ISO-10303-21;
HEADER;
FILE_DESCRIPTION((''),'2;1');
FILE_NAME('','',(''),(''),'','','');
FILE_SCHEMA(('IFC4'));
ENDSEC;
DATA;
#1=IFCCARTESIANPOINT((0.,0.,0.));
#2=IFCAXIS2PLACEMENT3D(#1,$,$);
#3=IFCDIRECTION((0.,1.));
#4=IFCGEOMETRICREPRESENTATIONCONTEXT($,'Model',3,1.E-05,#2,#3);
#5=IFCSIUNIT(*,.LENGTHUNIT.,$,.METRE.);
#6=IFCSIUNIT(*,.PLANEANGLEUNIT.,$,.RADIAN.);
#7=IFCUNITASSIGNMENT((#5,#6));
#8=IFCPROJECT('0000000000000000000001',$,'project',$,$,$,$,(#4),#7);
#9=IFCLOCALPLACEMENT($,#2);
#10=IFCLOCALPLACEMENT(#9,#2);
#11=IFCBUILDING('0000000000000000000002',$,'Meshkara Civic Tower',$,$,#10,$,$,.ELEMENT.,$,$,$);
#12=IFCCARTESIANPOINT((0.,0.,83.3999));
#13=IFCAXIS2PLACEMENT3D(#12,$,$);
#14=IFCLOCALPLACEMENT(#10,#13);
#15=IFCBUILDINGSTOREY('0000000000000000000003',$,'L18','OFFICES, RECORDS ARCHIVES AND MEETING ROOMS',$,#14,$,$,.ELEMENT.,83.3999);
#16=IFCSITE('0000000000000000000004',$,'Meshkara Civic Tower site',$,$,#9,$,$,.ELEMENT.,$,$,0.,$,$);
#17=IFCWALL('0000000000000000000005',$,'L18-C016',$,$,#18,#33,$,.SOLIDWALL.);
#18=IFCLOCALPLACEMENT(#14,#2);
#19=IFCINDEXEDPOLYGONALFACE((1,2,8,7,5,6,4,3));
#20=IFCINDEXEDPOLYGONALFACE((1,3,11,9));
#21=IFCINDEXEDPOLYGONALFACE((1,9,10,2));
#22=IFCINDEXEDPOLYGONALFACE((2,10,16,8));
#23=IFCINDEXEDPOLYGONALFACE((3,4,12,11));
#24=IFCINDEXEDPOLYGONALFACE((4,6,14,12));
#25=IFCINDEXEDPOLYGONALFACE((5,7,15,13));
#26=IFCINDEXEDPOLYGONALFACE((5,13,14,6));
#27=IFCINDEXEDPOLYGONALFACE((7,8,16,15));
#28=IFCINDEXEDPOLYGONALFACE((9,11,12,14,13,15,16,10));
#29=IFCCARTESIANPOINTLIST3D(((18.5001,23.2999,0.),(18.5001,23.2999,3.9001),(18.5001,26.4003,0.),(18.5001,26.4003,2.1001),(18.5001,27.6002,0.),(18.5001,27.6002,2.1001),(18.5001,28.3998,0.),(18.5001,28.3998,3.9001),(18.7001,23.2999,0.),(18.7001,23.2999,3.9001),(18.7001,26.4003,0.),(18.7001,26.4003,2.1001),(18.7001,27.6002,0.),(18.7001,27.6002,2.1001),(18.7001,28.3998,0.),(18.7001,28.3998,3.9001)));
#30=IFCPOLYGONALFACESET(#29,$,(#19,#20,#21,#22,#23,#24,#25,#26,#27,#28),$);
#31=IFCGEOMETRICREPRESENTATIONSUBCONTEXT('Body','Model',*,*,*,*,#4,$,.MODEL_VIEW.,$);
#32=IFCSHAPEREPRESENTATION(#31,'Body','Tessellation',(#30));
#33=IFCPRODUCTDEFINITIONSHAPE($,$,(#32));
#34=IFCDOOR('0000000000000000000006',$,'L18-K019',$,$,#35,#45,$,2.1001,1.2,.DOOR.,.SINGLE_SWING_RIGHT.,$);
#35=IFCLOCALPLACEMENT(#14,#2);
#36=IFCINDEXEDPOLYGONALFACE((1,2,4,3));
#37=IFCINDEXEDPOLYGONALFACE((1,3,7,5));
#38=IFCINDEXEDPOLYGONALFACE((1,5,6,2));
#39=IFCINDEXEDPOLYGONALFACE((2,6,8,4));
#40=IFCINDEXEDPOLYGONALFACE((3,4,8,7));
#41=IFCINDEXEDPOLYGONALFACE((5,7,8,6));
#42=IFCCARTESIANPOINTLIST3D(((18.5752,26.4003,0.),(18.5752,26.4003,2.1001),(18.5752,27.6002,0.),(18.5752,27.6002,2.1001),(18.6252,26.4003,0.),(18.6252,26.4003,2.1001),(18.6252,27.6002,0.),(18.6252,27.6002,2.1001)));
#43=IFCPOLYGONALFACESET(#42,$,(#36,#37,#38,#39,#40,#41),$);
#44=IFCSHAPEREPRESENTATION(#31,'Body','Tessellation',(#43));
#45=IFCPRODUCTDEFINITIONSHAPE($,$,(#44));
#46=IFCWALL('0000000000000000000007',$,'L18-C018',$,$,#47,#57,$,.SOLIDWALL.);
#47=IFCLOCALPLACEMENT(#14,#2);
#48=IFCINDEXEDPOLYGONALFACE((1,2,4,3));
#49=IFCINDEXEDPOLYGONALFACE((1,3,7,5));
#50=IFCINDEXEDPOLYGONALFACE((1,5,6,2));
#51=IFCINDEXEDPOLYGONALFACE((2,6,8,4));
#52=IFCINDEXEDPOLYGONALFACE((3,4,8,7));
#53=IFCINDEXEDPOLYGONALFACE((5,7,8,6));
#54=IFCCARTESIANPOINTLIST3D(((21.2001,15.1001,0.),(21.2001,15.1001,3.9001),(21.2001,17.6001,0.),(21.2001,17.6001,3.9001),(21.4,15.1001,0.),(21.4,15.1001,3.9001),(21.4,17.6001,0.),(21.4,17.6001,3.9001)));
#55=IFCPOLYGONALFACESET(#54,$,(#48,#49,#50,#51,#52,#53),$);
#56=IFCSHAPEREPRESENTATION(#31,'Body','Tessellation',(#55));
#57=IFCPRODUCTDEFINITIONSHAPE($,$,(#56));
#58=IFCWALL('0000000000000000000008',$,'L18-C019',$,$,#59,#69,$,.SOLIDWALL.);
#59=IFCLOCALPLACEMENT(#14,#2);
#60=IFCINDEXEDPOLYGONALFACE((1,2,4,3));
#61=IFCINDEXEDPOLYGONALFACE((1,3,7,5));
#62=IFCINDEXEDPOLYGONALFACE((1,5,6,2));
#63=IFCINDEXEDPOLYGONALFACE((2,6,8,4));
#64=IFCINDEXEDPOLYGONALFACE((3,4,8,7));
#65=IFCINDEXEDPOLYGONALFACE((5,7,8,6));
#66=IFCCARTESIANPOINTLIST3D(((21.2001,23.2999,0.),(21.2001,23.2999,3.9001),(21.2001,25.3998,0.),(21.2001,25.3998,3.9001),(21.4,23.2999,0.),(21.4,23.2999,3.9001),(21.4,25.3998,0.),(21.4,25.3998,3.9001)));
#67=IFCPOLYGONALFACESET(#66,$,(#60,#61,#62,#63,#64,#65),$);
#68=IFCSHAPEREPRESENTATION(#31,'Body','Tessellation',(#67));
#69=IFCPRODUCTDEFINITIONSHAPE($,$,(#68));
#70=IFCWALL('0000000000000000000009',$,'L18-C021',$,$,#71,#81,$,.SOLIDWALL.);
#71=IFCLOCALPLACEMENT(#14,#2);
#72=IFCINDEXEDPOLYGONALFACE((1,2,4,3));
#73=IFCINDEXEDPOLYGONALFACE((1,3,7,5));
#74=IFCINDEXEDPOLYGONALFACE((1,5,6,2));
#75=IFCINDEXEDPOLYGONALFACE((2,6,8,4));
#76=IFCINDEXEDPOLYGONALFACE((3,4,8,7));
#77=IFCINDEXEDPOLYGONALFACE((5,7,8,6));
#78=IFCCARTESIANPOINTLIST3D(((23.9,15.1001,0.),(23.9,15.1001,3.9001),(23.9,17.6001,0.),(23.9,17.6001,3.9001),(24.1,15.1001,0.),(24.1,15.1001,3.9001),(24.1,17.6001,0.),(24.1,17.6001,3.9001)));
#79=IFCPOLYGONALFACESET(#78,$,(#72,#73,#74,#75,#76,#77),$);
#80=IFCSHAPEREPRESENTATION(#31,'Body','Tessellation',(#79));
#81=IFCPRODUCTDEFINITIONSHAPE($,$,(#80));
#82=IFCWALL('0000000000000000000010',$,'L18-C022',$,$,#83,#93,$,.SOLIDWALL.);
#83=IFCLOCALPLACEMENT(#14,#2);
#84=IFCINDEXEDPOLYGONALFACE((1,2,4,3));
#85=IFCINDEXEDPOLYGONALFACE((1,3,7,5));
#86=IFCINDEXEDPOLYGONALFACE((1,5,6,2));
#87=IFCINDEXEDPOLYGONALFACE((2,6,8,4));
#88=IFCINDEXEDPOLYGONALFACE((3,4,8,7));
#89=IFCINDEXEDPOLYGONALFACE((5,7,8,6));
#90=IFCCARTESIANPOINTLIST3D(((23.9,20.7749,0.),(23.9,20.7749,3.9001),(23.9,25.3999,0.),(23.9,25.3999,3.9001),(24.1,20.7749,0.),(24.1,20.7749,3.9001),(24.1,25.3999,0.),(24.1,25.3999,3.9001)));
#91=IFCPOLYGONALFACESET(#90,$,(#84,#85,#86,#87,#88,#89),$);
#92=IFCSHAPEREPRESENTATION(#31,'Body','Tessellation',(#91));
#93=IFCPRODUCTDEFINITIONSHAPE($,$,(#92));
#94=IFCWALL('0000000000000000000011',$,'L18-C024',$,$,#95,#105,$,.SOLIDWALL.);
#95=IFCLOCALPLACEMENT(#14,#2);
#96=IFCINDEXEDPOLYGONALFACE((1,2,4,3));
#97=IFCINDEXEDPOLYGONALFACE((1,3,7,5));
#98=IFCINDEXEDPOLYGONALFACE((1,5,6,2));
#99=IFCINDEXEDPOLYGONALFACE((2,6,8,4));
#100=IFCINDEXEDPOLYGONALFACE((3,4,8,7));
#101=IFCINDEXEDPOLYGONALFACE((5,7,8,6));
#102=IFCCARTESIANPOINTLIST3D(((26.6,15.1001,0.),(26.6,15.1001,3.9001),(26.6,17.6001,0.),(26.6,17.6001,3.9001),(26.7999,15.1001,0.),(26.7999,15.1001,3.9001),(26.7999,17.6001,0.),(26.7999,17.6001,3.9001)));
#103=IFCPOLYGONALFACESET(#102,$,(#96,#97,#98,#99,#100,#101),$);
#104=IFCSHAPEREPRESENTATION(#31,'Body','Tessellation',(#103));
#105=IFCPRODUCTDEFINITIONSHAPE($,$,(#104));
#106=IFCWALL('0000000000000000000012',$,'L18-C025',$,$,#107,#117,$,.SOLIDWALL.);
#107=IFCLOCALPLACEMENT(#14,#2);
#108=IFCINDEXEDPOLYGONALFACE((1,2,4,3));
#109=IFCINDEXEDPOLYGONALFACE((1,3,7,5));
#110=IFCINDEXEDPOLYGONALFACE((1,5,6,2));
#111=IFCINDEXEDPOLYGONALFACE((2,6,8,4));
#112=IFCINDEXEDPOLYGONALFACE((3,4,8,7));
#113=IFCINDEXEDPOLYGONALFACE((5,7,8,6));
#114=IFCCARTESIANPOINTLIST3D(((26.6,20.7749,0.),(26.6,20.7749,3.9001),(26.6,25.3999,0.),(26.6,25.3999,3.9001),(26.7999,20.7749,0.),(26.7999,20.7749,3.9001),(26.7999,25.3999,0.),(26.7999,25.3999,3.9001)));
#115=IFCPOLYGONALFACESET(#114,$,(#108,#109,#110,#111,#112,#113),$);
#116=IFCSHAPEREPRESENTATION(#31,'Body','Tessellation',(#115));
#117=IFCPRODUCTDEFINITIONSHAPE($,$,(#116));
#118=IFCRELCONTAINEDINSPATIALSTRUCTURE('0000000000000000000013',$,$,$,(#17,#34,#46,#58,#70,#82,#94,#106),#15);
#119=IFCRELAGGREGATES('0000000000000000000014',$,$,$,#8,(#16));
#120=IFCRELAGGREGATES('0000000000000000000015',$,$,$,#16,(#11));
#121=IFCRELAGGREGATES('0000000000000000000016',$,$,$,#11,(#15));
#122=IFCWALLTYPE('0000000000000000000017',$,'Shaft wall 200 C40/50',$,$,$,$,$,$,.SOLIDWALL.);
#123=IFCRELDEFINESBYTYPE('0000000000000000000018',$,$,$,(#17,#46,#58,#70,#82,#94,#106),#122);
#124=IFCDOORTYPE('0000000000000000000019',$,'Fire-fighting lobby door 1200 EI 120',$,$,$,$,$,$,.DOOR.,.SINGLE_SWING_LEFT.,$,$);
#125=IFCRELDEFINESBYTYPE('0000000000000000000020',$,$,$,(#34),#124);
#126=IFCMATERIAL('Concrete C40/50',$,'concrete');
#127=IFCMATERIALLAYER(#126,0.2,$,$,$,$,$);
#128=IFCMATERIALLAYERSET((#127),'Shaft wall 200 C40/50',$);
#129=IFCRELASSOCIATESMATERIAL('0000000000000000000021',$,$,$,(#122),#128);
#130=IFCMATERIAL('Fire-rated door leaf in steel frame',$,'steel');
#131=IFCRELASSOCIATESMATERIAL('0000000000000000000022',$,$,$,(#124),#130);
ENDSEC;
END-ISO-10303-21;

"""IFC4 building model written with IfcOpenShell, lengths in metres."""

from ifc_helpers import new_model, si_unit, direction, frame, frame_2d, origin, place, context, subcontext, project, spatial, rectangle, extrude, material, layer, layer_set, type_object, element, fill, save


model = new_model("IFC4")

# Units and contexts
model_context = context("Model", 3, precision=1e-05, world=origin(), true_north=direction((0.0, 1.0)))
body_context = subcontext(model_context, "Body", "Model", "MODEL_VIEW")
ifc_project = project(units=[si_unit("LENGTHUNIT", "METRE"), si_unit("PLANEANGLEUNIT", "RADIAN")], contexts=[model_context])

# Site, building, storey
site_placement = place(None, origin())
site = spatial("IfcSite", under=ifc_project, at=site_placement, Name="Meshkara Civic Tower site", CompositionType="ELEMENT", RefElevation=0.0)
building_placement = place(site_placement, origin())
building = spatial("IfcBuilding", under=site, at=building_placement, Name="Meshkara Civic Tower", CompositionType="ELEMENT")
storey_placement = place(building_placement, frame((0.0, 0.0, 83.3999)))
storey = spatial("IfcBuildingStorey", under=building, at=storey_placement, Name="L18", Description="OFFICES, RECORDS ARCHIVES AND MEETING ROOMS", CompositionType="ELEMENT", Elevation=83.3999)

# Shared definitions
ifc_material_1 = material(Name="Concrete C40/50", Category="concrete")
ifc_layer_1 = layer(ifc_material_1, 0.2)
ifc_layer_set_1 = layer_set([ifc_layer_1], Name="Shaft wall 200 C40/50")
wall_type_1 = type_object("IfcWallType", Name="Shaft wall 200 C40/50", PredefinedType="SOLIDWALL", material=ifc_layer_set_1)

# Wall, opening, door
wall_1_placement = place(storey_placement, frame((18.6001, 23.3, 0.0), z_axis=(0.0, 0.0, 1.0), x_axis=(0.0, 1.0, 0.0)))
wall_1 = element("IfcWall", 1, at=wall_1_placement, inside=storey, type_object=wall_type_1, Name="L18-C016", PredefinedType="SOLIDWALL", context=body_context, shape_type="SweptSolid", body=[
    extrude(rectangle(XDim=5.0999, YDim=0.2, at=frame_2d((2.5498, 0.0))), origin(), (0.0, 0.0, 1.0), 3.9001),
])
opening_1_placement = place(wall_1_placement, frame((3.1001, 0.0, 0.0)))
opening_1 = element("IfcOpeningElement", 2, at=opening_1_placement, cuts=wall_1, PredefinedType="OPENING", context=body_context, shape_type="SweptSolid", body=[
    extrude(rectangle(XDim=1.2, YDim=2.1001, at=frame_2d((0.6001, 1.05))), frame((0.0, 0.1099, 0.0), z_axis=(0.0, -1.0, 0.0), x_axis=(1.0, 0.0, 0.0)), (0.0, 0.0, 1.0), 0.22),
])
ifc_material_2 = material(Name="Fire-rated door leaf in steel frame", Category="steel")
door_type_1 = type_object("IfcDoorType", Name="Fire-fighting lobby door 1200 EI 120", OperationType="SINGLE_SWING_LEFT", PredefinedType="DOOR", material=ifc_material_2)
door_1_placement = place(opening_1_placement, origin())
door_1 = element("IfcDoor", 3, at=door_1_placement, inside=storey, type_object=door_type_1, Name="L18-K019", OperationType="SINGLE_SWING_RIGHT", OverallHeight=2.1001, OverallWidth=1.2, PredefinedType="DOOR", context=body_context, shape_type="SweptSolid", body=[
    extrude(rectangle(XDim=1.2, YDim=2.1001, at=frame_2d((0.6001, 1.05))), frame((0.0, 0.0249, 0.0), z_axis=(0.0, -1.0, 0.0), x_axis=(1.0, 0.0, 0.0)), (0.0, 0.0, 1.0), 0.05),
])
fill(opening_1, door_1)

# Walls
wall_2_placement = place(storey_placement, frame((21.3, 15.1001, 0.0), z_axis=(0.0, 0.0, 1.0), x_axis=(0.0, 1.0, 0.0)))
element("IfcWall", 4, at=wall_2_placement, inside=storey, type_object=wall_type_1, Name="L18-C018", PredefinedType="SOLIDWALL", context=body_context, shape_type="SweptSolid", body=[
    extrude(rectangle(XDim=2.5, YDim=0.2, at=frame_2d((1.25, 0.0))), origin(), (0.0, 0.0, 1.0), 3.9001),
])
wall_3_placement = place(storey_placement, frame((21.3, 23.3, 0.0), z_axis=(0.0, 0.0, 1.0), x_axis=(0.0, 1.0, 0.0)))
element("IfcWall", 5, at=wall_3_placement, inside=storey, type_object=wall_type_1, Name="L18-C019", PredefinedType="SOLIDWALL", context=body_context, shape_type="SweptSolid", body=[
    extrude(rectangle(XDim=2.0999, YDim=0.2, at=frame_2d((1.0498, 0.0))), origin(), (0.0, 0.0, 1.0), 3.9001),
])
wall_4_placement = place(storey_placement, frame((24.0, 15.1001, 0.0), z_axis=(0.0, 0.0, 1.0), x_axis=(0.0, 1.0, 0.0)))
element("IfcWall", 6, at=wall_4_placement, inside=storey, type_object=wall_type_1, Name="L18-C021", PredefinedType="SOLIDWALL", context=body_context, shape_type="SweptSolid", body=[
    extrude(rectangle(XDim=2.5, YDim=0.2, at=frame_2d((1.25, 0.0))), origin(), (0.0, 0.0, 1.0), 3.9001),
])
wall_5_placement = place(storey_placement, frame((24.0, 20.7749, 0.0), z_axis=(0.0, 0.0, 1.0), x_axis=(0.0, 1.0, 0.0)))
element("IfcWall", 7, at=wall_5_placement, inside=storey, type_object=wall_type_1, Name="L18-C022", PredefinedType="SOLIDWALL", context=body_context, shape_type="SweptSolid", body=[
    extrude(rectangle(XDim=4.625, YDim=0.2, at=frame_2d((2.3125, 0.0))), origin(), (0.0, 0.0, 1.0), 3.9001),
])
wall_6_placement = place(storey_placement, frame((26.7, 15.1001, 0.0), z_axis=(0.0, 0.0, 1.0), x_axis=(0.0, 1.0, 0.0)))
element("IfcWall", 8, at=wall_6_placement, inside=storey, type_object=wall_type_1, Name="L18-C024", PredefinedType="SOLIDWALL", context=body_context, shape_type="SweptSolid", body=[
    extrude(rectangle(XDim=2.5, YDim=0.2, at=frame_2d((1.25, 0.0))), origin(), (0.0, 0.0, 1.0), 3.9001),
])
wall_7_placement = place(storey_placement, frame((26.7, 20.7749, 0.0), z_axis=(0.0, 0.0, 1.0), x_axis=(0.0, 1.0, 0.0)))
element("IfcWall", 9, at=wall_7_placement, inside=storey, type_object=wall_type_1, Name="L18-C025", PredefinedType="SOLIDWALL", context=body_context, shape_type="SweptSolid", body=[
    extrude(rectangle(XDim=4.625, YDim=0.2, at=frame_2d((2.3125, 0.0))), origin(), (0.0, 0.0, 1.0), 3.9001),
])

save(model, "model.ifc")
